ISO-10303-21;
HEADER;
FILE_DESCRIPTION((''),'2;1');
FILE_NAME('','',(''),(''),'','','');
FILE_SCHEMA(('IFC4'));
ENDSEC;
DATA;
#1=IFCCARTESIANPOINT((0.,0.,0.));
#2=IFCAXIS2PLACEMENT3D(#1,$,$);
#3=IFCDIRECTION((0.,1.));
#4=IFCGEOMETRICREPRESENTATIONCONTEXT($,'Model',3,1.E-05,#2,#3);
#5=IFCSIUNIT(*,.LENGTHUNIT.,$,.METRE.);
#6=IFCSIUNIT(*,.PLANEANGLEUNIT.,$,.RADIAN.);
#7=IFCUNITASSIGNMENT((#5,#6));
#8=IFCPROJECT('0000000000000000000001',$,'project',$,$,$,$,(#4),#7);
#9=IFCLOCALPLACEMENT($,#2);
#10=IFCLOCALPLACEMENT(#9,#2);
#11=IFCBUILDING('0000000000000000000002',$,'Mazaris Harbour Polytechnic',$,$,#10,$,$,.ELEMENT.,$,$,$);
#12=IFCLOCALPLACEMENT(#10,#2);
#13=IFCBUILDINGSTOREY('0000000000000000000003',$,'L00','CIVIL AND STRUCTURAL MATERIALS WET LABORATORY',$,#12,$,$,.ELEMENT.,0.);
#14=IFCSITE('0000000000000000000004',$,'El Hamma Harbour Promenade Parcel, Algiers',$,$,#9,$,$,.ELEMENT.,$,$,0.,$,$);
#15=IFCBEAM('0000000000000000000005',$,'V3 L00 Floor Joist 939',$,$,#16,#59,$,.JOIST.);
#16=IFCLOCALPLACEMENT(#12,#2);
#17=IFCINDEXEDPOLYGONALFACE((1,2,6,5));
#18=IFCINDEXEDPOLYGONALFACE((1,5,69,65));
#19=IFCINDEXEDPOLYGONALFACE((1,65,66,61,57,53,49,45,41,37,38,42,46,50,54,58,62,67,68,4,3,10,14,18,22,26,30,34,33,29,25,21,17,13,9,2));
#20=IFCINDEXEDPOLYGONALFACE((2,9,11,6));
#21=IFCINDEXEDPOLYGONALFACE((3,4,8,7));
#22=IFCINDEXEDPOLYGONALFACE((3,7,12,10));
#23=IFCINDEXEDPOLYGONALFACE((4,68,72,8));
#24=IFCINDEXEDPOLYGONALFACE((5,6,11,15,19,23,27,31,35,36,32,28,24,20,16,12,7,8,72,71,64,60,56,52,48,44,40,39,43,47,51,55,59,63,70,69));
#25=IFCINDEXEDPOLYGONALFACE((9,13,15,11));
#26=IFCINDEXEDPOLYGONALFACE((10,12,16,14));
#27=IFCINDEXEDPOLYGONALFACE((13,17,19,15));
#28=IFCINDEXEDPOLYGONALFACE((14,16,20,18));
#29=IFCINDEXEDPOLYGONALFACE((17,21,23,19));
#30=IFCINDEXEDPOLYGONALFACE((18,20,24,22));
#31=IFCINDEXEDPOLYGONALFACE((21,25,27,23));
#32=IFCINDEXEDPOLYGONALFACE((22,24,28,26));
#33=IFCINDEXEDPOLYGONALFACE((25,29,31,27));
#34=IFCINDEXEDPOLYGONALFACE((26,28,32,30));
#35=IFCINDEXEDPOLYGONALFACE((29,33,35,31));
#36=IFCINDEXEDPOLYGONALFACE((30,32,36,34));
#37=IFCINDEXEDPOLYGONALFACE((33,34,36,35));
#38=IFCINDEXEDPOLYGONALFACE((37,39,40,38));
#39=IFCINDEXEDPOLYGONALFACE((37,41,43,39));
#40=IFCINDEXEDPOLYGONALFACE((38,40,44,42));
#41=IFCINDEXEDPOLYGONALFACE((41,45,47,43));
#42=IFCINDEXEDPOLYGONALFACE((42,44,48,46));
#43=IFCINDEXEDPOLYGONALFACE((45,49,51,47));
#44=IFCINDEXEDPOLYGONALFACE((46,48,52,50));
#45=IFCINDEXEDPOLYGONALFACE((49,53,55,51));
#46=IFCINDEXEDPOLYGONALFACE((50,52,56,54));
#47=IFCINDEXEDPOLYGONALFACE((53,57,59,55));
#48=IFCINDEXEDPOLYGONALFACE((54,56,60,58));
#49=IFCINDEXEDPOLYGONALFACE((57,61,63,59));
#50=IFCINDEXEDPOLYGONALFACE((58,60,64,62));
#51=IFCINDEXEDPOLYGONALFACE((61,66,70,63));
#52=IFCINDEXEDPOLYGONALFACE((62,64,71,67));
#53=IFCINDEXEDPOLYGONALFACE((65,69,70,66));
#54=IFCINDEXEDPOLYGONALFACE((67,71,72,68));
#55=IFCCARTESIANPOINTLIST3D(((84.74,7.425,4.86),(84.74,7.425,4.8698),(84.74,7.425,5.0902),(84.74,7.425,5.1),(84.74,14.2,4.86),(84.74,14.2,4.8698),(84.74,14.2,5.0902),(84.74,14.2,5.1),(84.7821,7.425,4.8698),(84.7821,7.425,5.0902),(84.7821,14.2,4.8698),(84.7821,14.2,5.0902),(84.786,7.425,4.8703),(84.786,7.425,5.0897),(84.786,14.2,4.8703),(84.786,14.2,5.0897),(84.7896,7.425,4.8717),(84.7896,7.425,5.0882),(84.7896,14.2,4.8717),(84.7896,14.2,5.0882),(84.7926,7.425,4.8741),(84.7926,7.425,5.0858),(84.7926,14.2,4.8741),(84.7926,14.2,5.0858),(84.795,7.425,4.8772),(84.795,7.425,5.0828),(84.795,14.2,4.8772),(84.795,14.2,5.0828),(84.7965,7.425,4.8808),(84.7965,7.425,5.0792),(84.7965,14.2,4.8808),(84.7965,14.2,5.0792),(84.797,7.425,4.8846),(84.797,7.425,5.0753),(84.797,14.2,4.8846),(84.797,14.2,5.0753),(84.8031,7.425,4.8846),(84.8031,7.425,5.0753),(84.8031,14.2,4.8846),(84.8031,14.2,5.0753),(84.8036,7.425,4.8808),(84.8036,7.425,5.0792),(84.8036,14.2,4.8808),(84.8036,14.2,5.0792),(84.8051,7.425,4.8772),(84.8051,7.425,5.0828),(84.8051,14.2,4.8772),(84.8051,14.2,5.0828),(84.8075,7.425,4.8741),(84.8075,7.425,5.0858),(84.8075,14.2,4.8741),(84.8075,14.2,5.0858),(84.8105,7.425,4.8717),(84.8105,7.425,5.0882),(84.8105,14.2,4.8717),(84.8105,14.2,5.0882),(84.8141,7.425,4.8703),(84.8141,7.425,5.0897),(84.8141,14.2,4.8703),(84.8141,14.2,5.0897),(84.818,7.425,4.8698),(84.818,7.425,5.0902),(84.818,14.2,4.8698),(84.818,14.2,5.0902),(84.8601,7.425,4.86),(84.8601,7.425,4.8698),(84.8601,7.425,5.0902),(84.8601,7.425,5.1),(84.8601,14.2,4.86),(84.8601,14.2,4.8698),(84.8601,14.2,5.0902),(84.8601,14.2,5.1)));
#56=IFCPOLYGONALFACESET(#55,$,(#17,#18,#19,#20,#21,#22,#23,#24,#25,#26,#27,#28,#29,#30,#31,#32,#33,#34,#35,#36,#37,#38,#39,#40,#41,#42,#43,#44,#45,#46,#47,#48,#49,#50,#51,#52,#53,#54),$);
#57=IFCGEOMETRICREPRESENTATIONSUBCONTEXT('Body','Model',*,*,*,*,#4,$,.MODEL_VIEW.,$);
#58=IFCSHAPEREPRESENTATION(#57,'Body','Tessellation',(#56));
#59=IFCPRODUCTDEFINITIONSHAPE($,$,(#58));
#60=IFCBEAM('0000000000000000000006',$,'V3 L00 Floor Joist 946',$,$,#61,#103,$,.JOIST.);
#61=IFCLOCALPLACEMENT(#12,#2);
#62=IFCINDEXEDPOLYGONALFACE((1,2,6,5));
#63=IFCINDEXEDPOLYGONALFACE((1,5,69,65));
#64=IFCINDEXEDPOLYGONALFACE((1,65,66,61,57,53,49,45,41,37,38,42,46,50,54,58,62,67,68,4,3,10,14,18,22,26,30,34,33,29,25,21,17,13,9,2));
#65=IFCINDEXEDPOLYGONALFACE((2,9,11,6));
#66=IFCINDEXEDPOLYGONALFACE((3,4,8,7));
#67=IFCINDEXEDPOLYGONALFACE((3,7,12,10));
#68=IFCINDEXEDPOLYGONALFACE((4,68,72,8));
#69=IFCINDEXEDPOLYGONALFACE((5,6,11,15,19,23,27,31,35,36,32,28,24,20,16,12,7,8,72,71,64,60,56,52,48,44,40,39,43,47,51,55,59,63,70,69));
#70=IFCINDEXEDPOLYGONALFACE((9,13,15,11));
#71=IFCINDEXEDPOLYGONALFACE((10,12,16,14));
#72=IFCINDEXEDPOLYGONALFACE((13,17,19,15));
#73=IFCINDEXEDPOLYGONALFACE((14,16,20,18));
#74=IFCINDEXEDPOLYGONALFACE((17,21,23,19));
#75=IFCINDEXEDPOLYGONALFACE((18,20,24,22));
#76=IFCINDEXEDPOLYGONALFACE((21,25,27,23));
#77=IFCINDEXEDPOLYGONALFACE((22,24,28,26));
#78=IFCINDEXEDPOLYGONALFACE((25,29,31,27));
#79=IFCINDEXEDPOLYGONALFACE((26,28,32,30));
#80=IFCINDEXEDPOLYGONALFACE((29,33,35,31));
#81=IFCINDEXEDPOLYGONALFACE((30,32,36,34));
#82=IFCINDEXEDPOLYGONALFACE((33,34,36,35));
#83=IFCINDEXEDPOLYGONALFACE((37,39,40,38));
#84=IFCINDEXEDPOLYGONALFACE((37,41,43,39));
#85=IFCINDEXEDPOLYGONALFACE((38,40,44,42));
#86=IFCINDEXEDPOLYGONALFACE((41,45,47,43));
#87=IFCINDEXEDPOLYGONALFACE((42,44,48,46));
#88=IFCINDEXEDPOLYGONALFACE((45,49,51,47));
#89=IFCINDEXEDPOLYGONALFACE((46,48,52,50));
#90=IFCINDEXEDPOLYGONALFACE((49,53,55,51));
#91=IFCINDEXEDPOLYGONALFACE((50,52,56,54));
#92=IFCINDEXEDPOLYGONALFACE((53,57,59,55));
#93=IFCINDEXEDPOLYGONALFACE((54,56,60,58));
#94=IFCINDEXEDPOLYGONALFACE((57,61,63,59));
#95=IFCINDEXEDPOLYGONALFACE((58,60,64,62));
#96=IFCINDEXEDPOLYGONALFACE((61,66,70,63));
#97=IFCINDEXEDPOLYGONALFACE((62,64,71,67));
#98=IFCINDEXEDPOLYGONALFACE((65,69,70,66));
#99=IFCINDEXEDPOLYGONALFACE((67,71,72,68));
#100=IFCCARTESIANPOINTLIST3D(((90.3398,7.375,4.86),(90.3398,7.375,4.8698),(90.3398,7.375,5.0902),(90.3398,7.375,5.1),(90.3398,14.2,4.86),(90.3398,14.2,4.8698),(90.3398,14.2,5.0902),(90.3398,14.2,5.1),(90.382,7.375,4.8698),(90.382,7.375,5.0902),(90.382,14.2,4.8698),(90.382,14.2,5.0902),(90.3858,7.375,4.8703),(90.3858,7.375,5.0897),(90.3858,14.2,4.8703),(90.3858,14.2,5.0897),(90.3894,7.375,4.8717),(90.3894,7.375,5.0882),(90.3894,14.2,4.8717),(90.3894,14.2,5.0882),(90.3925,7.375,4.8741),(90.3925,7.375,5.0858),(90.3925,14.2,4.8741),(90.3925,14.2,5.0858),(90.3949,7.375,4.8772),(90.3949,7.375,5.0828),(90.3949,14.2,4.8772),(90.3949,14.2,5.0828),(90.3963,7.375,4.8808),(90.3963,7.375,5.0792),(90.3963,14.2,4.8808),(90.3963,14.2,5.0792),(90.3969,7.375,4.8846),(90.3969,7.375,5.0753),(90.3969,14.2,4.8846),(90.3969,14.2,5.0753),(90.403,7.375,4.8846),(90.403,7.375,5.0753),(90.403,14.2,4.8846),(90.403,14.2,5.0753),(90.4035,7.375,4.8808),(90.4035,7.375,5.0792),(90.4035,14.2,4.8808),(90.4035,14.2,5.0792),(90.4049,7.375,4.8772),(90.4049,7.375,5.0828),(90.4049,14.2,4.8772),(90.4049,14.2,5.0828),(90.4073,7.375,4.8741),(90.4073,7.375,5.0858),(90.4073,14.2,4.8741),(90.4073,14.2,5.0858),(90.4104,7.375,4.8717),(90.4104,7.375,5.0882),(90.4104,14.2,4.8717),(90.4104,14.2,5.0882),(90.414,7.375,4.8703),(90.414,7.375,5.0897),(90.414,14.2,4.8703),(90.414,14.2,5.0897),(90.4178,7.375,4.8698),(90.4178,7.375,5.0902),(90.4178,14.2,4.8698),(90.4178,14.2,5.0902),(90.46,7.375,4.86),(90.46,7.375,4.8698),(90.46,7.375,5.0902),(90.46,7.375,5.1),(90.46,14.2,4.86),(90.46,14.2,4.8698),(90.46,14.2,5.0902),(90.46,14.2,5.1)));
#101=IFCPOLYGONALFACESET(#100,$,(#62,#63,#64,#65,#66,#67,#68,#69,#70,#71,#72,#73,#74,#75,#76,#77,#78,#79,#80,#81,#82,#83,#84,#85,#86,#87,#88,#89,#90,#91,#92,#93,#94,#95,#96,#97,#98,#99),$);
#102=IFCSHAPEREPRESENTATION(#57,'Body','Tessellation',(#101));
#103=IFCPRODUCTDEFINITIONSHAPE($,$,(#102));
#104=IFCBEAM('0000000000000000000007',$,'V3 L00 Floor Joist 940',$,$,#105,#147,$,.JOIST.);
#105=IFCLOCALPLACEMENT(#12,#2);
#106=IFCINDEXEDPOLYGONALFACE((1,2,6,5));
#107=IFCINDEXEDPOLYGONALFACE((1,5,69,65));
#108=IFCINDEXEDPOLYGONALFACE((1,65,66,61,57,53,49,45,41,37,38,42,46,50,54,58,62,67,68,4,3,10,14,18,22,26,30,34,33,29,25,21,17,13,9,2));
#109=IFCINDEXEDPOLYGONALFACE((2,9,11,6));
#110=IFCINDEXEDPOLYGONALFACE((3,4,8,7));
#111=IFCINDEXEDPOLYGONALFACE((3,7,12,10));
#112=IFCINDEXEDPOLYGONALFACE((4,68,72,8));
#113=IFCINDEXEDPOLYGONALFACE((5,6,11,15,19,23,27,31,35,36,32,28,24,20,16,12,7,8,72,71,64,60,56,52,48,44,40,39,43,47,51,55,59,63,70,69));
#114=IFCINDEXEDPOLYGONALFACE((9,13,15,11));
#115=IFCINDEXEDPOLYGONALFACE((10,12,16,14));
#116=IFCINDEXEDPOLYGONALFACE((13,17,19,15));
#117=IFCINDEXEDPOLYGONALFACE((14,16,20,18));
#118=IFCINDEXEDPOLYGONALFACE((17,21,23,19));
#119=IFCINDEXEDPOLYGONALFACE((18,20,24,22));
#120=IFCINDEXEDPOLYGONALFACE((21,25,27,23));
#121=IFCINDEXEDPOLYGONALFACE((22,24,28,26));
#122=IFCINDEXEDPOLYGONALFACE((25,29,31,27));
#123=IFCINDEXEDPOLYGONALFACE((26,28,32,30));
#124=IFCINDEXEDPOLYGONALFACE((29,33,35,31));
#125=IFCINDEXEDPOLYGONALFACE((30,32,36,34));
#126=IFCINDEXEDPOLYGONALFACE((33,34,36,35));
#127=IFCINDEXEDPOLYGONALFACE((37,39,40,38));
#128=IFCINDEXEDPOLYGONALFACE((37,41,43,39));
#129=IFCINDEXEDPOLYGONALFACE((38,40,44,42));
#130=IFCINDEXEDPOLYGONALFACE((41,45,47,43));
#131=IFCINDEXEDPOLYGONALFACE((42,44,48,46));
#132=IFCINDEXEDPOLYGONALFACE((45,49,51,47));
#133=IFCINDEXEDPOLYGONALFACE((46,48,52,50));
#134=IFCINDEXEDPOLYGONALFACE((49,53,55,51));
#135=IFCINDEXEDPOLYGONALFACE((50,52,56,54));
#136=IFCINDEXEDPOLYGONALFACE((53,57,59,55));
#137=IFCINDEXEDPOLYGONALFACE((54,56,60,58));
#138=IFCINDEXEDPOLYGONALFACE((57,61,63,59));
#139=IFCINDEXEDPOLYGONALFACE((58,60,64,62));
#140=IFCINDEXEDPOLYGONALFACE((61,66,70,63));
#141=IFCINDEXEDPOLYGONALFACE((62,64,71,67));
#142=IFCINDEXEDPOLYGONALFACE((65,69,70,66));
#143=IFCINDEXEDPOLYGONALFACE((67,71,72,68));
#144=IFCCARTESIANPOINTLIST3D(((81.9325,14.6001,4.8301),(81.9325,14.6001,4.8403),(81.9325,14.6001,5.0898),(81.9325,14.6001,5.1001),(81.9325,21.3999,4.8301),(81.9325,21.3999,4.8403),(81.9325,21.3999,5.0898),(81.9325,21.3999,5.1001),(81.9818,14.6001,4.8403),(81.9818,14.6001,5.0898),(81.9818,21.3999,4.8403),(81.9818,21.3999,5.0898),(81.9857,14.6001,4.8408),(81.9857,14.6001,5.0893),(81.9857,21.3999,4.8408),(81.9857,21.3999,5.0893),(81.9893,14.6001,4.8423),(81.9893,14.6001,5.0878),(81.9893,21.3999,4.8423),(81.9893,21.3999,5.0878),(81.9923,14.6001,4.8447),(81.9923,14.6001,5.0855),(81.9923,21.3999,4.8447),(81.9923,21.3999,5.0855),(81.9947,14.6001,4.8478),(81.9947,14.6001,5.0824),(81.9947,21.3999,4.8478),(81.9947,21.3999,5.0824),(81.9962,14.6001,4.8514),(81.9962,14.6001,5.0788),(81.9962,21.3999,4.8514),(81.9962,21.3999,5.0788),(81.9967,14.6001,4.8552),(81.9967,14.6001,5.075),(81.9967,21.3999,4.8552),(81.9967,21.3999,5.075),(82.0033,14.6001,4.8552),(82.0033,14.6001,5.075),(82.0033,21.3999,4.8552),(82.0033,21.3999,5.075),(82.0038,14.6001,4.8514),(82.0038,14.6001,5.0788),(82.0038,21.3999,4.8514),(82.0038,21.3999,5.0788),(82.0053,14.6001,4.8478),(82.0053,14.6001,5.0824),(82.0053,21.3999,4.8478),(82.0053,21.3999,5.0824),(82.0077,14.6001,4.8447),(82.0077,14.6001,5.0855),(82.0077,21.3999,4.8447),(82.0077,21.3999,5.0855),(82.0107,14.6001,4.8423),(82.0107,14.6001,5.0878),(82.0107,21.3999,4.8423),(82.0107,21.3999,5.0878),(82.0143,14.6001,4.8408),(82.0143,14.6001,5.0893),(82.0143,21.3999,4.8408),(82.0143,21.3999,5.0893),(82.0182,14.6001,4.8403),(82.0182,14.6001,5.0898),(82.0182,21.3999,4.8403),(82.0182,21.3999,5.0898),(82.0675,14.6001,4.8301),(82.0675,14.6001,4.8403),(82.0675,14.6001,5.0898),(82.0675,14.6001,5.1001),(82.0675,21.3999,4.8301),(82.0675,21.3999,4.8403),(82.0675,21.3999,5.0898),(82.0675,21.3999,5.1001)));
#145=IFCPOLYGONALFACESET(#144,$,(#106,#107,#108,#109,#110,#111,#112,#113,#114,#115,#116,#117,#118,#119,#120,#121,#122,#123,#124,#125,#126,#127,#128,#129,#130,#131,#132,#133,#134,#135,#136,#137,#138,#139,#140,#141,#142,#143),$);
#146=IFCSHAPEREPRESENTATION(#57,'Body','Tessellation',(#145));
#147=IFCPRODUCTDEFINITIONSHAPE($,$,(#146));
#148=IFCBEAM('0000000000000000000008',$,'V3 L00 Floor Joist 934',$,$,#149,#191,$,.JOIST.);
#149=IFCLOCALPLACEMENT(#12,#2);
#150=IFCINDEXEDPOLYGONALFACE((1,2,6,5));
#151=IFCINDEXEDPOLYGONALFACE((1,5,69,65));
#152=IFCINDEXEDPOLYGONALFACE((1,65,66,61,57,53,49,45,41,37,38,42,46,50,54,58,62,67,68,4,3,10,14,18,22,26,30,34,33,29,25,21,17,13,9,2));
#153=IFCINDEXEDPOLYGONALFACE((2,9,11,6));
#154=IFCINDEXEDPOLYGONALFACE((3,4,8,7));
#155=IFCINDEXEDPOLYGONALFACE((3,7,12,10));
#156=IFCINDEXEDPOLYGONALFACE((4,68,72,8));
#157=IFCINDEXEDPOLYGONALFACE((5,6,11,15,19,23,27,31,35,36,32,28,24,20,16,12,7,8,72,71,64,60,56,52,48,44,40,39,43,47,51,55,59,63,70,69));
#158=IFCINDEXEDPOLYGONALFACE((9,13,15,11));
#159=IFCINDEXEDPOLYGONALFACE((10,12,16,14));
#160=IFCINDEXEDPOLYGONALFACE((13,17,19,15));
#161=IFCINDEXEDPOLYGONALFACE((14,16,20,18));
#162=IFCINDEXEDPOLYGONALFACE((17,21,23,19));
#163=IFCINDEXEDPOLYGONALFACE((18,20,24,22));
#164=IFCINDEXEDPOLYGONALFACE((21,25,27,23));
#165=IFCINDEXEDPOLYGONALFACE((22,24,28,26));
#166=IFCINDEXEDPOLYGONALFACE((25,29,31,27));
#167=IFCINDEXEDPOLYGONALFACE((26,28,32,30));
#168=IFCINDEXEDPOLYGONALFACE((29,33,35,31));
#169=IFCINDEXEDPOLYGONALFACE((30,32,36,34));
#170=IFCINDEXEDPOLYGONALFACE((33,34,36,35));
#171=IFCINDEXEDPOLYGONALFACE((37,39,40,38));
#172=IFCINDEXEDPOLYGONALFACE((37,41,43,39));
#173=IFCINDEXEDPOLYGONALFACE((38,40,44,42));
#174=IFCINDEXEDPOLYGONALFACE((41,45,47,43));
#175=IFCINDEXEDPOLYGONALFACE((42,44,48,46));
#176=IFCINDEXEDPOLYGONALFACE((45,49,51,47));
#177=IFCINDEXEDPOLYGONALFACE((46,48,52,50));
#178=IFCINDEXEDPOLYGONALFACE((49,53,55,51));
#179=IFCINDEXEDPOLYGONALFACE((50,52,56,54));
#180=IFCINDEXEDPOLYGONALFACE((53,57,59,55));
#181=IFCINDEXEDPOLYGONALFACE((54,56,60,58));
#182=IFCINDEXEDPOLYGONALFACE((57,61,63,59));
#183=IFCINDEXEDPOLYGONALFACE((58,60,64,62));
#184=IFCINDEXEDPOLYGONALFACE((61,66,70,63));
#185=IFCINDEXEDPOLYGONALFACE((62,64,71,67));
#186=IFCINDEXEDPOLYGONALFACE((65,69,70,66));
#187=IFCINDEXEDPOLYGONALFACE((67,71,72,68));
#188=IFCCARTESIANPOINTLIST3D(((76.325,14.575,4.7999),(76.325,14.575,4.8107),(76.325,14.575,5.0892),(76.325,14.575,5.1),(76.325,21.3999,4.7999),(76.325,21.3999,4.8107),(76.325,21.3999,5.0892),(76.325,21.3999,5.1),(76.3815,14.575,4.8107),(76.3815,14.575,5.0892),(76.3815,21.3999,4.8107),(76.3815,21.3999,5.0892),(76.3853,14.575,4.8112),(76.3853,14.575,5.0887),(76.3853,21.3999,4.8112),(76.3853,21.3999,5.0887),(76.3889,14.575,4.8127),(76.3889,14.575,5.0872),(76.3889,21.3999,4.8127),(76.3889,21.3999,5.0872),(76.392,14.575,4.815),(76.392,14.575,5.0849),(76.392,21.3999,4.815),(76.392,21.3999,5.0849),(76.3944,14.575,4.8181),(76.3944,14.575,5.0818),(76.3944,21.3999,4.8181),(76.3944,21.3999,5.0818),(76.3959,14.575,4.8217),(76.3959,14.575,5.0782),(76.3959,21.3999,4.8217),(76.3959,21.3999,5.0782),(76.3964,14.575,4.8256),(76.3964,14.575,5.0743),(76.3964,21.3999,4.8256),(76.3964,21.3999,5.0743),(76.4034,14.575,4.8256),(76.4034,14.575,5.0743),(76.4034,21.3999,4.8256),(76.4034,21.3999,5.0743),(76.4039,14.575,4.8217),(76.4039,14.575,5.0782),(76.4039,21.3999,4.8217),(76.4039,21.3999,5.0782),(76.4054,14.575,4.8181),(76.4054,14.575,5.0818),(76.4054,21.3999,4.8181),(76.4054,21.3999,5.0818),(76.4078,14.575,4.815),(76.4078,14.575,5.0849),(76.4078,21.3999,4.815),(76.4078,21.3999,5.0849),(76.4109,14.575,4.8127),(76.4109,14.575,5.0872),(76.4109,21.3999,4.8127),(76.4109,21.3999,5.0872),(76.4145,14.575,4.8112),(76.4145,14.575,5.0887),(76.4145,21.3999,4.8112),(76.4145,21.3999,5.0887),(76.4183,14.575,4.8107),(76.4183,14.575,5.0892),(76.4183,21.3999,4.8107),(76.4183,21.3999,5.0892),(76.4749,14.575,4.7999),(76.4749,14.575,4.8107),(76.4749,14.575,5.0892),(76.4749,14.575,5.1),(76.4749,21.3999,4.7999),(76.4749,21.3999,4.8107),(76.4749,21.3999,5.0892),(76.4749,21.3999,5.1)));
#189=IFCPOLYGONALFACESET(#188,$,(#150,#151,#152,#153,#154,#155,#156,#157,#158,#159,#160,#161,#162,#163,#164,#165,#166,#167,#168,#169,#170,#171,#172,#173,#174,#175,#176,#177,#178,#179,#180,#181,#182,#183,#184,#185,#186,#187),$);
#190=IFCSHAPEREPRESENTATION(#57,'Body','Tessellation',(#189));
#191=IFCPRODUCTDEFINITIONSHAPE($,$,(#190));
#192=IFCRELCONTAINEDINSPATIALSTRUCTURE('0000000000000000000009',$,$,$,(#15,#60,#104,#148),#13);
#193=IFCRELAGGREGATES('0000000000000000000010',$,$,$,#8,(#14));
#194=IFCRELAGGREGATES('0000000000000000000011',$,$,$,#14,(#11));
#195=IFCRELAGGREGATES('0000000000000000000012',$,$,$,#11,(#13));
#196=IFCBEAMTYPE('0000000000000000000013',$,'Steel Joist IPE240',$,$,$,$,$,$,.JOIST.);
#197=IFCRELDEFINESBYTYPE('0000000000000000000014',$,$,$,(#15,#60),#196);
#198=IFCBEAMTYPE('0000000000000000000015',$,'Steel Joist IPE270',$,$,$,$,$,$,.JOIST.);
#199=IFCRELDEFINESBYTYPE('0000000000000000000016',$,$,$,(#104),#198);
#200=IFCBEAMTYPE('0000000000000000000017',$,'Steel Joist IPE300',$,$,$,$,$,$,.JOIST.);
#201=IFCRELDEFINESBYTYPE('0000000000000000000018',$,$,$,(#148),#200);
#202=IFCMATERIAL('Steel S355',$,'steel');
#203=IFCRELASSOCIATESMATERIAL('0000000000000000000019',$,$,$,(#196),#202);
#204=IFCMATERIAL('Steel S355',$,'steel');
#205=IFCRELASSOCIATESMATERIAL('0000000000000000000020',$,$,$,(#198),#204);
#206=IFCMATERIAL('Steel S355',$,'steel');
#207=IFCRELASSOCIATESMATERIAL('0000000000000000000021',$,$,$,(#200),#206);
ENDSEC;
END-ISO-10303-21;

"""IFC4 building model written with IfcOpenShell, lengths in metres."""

from ifc_helpers import new_model, si_unit, direction, frame, origin, origin_2d, place, context, subcontext, project, spatial, i_section, extrude, material, material_profile, profile_set, type_object, element, save


model = new_model("IFC4")

# Units and contexts
model_context = context("Model", 3, precision=1e-05, world=origin(), true_north=direction((0.0, 1.0)))
body_context = subcontext(model_context, "Body", "Model", "MODEL_VIEW")
ifc_project = project(units=[si_unit("LENGTHUNIT", "METRE"), si_unit("PLANEANGLEUNIT", "RADIAN")], contexts=[model_context])

# Site, building, storey
site_placement = place(None, origin())
site = spatial("IfcSite", under=ifc_project, at=site_placement, Name="El Hamma Harbour Promenade Parcel, Algiers", CompositionType="ELEMENT", RefElevation=0.0)
building_placement = place(site_placement, origin())
building = spatial("IfcBuilding", under=site, at=building_placement, Name="Mazaris Harbour Polytechnic", CompositionType="ELEMENT")
storey_placement = place(building_placement, origin())
storey = spatial("IfcBuildingStorey", under=building, at=storey_placement, Name="L00", Description="CIVIL AND STRUCTURAL MATERIALS WET LABORATORY", CompositionType="ELEMENT", Elevation=0.0)

# Beams
ifc_material_1 = material(Name="Steel S355", Category="steel")
ifc_material_profile_1 = material_profile(ifc_material_1, i_section(OverallWidth=0.1201, OverallDepth=0.24, WebThickness=0.0061, FlangeThickness=0.0098, FilletRadius=0.0149, at=origin_2d()), Name="IPE 240")
ifc_profile_set_1 = profile_set([ifc_material_profile_1], Name="Steel S355")
beam_type_1 = type_object("IfcBeamType", Name="Steel Joist IPE240", PredefinedType="JOIST", material=ifc_profile_set_1)
beam_1_placement = place(storey_placement, frame((84.8, 7.425, 4.98), z_axis=(0.0, 1.0, 0.0), x_axis=(-1.0, 0.0, 0.0)))
element("IfcBeam", 1, at=beam_1_placement, inside=storey, type_object=beam_type_1, Name="V3 L00 Floor Joist 939", PredefinedType="JOIST", context=body_context, shape_type="SweptSolid", body=[
    extrude(i_section(OverallWidth=0.1201, OverallDepth=0.24, WebThickness=0.0061, FlangeThickness=0.0098, FilletRadius=0.0149, at=origin_2d()), origin(), (0.0, 0.0, 1.0), 6.7749),
])
beam_2_placement = place(storey_placement, frame((90.3999, 7.375, 4.98), z_axis=(0.0, 1.0, 0.0), x_axis=(-1.0, 0.0, 0.0)))
element("IfcBeam", 2, at=beam_2_placement, inside=storey, type_object=beam_type_1, Name="V3 L00 Floor Joist 946", PredefinedType="JOIST", context=body_context, shape_type="SweptSolid", body=[
    extrude(i_section(OverallWidth=0.1201, OverallDepth=0.24, WebThickness=0.0061, FlangeThickness=0.0098, FilletRadius=0.0149, at=origin_2d()), origin(), (0.0, 0.0, 1.0), 6.825),
])
ifc_material_2 = material(Name="Steel S355", Category="steel")
ifc_material_profile_2 = material_profile(ifc_material_2, i_section(OverallWidth=0.135, OverallDepth=0.27, WebThickness=0.0066, FlangeThickness=0.0103, FilletRadius=0.0149, at=origin_2d()), Name="IPE 270")
ifc_profile_set_2 = profile_set([ifc_material_profile_2], Name="Steel S355")
beam_type_2 = type_object("IfcBeamType", Name="Steel Joist IPE270", PredefinedType="JOIST", material=ifc_profile_set_2)
beam_3_placement = place(storey_placement, frame((82.0, 14.6001, 4.9651), z_axis=(0.0, 1.0, 0.0), x_axis=(-1.0, 0.0, 0.0)))
element("IfcBeam", 3, at=beam_3_placement, inside=storey, type_object=beam_type_2, Name="V3 L00 Floor Joist 940", PredefinedType="JOIST", context=body_context, shape_type="SweptSolid", body=[
    extrude(i_section(OverallWidth=0.135, OverallDepth=0.27, WebThickness=0.0066, FlangeThickness=0.0103, FilletRadius=0.0149, at=origin_2d()), origin(), (0.0, 0.0, 1.0), 6.7998),
])
ifc_material_3 = material(Name="Steel S355", Category="steel")
ifc_material_profile_3 = material_profile(ifc_material_3, i_section(OverallWidth=0.1499, OverallDepth=0.3, WebThickness=0.0071, FlangeThickness=0.0107, FilletRadius=0.0149, at=origin_2d()), Name="IPE 300")
ifc_profile_set_3 = profile_set([ifc_material_profile_3], Name="Steel S355")
beam_type_3 = type_object("IfcBeamType", Name="Steel Joist IPE300", PredefinedType="JOIST", material=ifc_profile_set_3)
beam_4_placement = place(storey_placement, frame((76.3999, 14.575, 4.95), z_axis=(0.0, 1.0, 0.0), x_axis=(-1.0, 0.0, 0.0)))
element("IfcBeam", 4, at=beam_4_placement, inside=storey, type_object=beam_type_3, Name="V3 L00 Floor Joist 934", PredefinedType="JOIST", context=body_context, shape_type="SweptSolid", body=[
    extrude(i_section(OverallWidth=0.1499, OverallDepth=0.3, WebThickness=0.0071, FlangeThickness=0.0107, FilletRadius=0.0149, at=origin_2d()), origin(), (0.0, 0.0, 1.0), 6.825),
])

save(model, "model.ifc")
